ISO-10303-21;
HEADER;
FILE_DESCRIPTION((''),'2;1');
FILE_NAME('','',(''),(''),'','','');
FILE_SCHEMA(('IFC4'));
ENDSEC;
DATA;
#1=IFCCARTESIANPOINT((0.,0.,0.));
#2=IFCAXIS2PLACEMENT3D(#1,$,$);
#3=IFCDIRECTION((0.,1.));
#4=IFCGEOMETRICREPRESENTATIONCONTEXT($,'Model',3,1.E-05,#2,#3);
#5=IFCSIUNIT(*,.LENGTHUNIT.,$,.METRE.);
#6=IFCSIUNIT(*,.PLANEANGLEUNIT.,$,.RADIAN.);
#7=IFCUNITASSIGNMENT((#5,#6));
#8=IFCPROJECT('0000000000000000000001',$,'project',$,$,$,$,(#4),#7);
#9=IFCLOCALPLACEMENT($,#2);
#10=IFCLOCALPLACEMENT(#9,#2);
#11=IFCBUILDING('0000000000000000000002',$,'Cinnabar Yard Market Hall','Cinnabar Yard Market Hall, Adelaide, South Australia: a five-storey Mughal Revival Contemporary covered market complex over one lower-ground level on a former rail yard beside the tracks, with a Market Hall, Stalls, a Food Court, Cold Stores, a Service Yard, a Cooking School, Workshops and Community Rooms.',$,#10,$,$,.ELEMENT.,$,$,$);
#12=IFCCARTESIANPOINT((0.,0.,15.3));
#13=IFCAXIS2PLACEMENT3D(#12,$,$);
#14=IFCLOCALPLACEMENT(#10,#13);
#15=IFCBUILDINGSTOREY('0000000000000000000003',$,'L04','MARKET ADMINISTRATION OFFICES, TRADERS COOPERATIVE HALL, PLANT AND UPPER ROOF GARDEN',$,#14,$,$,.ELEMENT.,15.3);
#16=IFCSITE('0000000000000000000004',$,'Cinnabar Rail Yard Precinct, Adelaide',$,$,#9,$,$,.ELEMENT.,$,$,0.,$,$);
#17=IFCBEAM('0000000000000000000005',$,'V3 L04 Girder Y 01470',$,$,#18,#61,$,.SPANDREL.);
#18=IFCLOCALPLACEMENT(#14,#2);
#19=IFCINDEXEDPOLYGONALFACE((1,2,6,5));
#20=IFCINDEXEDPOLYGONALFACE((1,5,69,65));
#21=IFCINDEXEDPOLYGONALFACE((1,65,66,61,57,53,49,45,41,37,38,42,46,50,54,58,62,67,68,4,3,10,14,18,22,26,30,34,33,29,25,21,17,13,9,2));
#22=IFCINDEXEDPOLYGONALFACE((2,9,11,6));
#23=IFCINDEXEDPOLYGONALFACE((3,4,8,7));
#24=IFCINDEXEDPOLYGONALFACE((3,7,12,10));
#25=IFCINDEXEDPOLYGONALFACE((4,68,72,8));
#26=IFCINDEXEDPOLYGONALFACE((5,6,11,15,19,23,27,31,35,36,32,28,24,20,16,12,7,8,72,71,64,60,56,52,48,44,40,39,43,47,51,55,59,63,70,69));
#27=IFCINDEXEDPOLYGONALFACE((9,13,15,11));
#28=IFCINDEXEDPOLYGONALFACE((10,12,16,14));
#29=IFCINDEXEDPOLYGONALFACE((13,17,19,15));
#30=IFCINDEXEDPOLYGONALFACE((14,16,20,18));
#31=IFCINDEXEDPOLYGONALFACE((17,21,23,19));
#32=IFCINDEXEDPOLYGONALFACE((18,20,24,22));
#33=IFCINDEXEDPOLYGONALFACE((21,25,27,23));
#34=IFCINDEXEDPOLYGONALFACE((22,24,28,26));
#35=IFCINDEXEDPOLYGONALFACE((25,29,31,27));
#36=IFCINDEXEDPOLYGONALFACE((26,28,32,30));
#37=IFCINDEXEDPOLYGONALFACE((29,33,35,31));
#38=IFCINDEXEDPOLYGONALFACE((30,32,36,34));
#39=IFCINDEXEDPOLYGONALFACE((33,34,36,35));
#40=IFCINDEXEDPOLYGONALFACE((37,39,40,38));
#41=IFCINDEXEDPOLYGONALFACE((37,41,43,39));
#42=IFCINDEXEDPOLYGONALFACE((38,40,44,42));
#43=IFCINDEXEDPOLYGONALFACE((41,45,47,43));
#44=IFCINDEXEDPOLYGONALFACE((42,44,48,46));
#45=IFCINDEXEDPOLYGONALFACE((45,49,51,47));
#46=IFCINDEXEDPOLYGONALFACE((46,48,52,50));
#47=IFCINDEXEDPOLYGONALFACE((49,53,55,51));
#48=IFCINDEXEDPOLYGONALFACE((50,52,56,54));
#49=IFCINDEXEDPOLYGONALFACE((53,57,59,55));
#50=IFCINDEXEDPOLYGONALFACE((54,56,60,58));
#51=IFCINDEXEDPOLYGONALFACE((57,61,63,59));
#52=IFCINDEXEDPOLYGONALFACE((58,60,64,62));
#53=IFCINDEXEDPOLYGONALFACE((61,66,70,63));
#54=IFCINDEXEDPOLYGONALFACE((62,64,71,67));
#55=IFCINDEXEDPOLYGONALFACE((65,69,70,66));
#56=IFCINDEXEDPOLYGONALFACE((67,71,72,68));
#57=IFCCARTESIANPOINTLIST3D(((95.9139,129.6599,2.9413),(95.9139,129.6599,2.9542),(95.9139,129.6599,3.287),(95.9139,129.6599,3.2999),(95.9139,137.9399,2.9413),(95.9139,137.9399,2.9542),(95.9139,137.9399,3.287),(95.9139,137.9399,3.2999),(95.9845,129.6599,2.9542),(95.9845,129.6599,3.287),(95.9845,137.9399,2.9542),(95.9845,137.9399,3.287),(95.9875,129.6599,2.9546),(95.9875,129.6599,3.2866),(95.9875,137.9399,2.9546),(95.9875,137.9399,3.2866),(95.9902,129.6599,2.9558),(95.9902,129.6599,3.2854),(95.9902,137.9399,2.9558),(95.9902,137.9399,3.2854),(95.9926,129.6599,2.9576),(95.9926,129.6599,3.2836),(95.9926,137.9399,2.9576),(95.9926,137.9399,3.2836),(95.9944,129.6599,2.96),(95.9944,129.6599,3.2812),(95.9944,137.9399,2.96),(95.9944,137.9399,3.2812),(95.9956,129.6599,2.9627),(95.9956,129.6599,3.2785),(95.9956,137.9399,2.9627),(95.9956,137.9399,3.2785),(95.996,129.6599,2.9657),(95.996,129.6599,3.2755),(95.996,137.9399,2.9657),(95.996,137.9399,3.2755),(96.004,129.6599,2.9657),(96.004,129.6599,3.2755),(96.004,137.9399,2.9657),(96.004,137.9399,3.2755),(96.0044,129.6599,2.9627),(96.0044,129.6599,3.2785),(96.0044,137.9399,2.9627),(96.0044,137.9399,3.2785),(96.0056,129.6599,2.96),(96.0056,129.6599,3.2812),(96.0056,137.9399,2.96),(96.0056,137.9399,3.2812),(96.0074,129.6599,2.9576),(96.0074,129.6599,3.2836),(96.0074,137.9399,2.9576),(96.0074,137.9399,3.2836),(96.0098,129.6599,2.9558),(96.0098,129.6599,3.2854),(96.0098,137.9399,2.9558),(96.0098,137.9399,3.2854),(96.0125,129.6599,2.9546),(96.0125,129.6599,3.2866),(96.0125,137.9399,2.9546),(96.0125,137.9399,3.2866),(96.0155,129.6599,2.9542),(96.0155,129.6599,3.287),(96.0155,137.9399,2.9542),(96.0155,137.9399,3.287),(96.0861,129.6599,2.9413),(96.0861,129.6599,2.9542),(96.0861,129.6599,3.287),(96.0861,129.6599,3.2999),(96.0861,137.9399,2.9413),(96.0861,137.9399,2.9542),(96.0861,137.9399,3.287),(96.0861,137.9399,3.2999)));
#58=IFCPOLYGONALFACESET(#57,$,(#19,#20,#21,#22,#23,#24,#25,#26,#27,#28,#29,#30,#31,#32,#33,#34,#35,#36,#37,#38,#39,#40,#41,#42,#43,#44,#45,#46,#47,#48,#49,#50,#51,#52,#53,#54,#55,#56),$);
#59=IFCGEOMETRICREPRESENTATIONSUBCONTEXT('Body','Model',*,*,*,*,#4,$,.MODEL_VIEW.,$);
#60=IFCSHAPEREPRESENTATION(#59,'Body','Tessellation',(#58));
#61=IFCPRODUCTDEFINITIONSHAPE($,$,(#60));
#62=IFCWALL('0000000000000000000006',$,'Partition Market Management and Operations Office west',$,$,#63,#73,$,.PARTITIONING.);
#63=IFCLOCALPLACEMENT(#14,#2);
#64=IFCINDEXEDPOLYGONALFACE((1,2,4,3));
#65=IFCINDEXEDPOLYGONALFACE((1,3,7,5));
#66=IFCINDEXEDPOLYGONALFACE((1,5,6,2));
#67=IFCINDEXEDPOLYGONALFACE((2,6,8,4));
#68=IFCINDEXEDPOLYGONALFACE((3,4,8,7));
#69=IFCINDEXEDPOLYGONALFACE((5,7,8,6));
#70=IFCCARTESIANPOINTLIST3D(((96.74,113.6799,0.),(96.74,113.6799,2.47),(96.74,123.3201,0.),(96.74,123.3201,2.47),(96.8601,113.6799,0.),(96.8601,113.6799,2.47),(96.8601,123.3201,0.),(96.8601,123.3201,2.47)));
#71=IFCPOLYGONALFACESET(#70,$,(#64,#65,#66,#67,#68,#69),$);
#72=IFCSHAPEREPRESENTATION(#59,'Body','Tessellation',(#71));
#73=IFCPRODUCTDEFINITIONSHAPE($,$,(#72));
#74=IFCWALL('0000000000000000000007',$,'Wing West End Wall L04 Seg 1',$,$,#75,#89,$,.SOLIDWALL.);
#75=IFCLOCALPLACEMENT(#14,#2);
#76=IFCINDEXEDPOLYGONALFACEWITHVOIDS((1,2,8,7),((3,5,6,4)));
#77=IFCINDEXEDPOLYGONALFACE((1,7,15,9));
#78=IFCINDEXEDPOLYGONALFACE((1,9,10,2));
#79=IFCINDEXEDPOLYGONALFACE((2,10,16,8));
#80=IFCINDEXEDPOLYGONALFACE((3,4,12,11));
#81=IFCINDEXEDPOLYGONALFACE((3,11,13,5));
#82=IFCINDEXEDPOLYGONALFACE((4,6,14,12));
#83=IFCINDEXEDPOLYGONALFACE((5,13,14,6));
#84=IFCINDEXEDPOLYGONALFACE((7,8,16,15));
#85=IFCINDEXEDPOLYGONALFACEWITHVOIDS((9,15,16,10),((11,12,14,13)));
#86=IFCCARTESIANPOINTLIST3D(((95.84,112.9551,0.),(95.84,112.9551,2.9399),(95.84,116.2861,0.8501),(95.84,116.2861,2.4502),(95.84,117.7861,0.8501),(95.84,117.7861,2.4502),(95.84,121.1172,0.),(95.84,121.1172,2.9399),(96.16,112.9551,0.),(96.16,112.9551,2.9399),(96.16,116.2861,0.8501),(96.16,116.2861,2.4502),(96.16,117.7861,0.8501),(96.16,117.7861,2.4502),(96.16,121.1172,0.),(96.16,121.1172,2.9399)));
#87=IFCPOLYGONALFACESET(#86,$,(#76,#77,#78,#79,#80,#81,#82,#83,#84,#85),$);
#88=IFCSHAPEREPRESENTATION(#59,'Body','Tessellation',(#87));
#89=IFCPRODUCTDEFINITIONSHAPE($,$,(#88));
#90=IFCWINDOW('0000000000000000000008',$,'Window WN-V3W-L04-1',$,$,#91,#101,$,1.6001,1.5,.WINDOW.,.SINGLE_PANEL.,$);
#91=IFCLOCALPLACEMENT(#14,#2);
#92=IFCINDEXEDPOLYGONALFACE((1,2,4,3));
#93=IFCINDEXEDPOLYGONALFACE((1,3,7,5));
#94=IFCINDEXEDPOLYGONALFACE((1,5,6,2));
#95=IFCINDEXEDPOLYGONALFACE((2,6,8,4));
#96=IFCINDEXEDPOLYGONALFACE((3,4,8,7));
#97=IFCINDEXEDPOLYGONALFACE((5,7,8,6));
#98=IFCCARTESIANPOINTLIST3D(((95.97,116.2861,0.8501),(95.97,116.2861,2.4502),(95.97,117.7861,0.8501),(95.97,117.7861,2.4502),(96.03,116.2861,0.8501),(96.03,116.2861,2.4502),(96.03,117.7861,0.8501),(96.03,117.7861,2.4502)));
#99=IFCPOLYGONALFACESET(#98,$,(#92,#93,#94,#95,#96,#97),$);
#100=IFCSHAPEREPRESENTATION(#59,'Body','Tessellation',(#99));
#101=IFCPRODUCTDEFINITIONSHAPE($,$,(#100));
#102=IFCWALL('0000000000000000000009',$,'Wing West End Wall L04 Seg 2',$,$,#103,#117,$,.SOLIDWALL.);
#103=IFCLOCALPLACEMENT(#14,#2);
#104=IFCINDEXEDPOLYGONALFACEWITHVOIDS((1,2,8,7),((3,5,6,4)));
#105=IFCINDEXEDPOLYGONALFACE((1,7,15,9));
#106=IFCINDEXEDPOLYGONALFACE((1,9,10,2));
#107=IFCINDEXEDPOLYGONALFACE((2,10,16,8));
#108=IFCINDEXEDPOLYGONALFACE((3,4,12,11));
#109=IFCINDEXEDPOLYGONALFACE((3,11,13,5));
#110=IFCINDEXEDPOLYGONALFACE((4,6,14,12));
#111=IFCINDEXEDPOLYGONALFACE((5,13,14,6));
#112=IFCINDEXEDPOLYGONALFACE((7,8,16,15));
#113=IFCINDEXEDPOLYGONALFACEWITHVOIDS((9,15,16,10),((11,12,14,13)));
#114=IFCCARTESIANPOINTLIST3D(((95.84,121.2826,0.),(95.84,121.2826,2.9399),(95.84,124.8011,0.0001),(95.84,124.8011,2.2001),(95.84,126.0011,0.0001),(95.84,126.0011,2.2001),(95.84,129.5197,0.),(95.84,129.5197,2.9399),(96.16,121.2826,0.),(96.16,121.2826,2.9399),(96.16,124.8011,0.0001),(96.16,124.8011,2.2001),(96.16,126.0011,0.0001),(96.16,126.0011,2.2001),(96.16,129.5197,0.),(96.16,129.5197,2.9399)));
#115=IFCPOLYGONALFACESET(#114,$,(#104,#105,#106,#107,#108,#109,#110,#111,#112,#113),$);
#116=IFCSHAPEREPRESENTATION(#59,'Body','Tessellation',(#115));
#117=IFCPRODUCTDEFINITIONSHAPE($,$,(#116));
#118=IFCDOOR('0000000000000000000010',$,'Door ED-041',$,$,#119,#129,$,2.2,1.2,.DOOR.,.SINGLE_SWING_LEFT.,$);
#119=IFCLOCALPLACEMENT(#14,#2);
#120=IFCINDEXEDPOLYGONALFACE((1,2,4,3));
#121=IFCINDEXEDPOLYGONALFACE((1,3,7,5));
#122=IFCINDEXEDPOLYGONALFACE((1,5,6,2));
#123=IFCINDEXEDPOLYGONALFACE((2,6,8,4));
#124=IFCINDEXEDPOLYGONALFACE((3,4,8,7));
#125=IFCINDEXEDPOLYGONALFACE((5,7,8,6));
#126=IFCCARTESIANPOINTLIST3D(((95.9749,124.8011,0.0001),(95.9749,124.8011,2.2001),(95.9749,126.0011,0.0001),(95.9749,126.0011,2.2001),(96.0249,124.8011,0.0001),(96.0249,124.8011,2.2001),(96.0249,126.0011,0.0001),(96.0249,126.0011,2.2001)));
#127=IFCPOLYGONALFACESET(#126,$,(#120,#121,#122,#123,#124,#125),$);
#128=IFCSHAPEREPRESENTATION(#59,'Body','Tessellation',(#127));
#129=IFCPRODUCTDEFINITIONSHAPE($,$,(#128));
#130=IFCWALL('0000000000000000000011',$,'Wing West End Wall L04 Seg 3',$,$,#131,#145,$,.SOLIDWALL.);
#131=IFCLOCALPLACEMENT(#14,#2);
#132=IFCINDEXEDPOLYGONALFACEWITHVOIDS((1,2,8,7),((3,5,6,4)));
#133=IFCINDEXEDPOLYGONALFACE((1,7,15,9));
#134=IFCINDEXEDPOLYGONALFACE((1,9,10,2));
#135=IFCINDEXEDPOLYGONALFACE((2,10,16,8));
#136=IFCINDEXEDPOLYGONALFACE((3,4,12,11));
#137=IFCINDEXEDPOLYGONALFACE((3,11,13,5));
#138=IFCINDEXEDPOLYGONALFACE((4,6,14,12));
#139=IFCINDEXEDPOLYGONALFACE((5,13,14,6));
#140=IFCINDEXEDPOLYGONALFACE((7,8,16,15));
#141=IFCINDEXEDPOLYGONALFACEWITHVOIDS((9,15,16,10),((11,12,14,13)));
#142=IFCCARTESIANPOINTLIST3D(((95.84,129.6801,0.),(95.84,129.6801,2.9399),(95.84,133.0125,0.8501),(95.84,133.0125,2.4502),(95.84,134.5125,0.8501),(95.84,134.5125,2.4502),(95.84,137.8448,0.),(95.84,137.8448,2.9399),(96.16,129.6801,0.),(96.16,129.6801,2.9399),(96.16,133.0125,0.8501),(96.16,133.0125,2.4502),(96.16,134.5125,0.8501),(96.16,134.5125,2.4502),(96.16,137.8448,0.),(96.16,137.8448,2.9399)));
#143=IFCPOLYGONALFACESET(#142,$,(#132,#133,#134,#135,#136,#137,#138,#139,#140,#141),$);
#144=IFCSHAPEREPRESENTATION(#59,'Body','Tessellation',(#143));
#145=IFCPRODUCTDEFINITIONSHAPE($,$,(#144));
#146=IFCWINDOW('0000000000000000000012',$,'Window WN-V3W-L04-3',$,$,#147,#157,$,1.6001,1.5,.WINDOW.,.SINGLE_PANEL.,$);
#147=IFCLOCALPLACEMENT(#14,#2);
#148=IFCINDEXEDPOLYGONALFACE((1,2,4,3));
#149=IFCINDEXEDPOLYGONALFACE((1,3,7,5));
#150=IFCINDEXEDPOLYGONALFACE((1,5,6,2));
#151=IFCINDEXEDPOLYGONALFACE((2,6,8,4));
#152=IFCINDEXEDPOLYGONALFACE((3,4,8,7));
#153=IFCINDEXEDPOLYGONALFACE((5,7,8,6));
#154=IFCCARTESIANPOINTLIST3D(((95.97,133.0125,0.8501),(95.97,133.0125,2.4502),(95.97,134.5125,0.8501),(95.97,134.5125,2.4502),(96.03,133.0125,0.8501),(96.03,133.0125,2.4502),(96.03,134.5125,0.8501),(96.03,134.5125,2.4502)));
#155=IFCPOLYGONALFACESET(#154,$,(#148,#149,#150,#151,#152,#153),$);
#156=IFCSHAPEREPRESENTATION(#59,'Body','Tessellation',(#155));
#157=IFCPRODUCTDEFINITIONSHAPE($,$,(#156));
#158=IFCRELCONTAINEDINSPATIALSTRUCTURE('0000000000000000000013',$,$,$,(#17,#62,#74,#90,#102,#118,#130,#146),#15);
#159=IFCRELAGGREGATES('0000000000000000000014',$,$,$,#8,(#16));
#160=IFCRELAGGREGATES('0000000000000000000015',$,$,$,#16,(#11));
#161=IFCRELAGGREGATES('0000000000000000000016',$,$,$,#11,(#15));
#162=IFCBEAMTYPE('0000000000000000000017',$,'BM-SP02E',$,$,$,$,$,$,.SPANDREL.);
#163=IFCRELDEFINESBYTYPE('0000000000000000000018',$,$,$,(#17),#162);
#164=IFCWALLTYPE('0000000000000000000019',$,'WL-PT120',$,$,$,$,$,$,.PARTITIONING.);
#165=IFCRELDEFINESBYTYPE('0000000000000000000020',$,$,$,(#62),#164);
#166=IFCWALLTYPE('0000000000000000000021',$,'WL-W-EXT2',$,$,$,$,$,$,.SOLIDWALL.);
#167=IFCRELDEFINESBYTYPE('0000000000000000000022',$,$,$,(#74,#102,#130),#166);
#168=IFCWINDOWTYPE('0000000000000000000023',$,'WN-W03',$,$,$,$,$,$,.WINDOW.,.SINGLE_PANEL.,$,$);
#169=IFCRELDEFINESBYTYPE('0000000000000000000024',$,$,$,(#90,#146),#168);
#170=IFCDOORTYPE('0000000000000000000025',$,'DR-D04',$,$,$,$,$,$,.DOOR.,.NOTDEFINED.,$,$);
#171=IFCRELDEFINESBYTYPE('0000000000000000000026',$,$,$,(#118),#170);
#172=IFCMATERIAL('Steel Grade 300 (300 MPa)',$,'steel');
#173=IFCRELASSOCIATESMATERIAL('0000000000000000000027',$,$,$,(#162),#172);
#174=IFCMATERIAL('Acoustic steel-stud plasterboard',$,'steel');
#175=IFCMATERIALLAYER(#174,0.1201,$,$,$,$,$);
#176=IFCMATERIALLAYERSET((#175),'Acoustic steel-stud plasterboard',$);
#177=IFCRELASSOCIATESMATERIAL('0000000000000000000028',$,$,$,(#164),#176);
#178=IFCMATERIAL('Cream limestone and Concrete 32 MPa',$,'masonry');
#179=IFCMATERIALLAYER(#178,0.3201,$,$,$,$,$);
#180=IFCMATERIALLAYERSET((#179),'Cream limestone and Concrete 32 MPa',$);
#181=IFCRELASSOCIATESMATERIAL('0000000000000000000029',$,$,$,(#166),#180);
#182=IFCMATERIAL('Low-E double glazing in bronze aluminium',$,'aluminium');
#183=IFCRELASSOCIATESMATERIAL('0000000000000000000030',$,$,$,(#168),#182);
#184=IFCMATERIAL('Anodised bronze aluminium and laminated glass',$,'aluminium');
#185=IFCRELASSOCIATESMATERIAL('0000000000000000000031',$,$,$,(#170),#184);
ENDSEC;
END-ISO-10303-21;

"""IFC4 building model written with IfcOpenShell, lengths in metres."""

from ifc_helpers import new_model, si_unit, direction, frame, frame_2d, origin, origin_2d_with_axis, place, context, subcontext, project, spatial, rectangle, i_section, extrude, material, layer, layer_set, material_profile, profile_set, type_object, element, fill, save


model = new_model("IFC4")

# Units and contexts
model_context = context("Model", 3, precision=1e-05, world=origin(), true_north=direction((0.0, 1.0)))
body_context = subcontext(model_context, "Body", "Model", "MODEL_VIEW")
ifc_project = project(units=[si_unit("LENGTHUNIT", "METRE"), si_unit("PLANEANGLEUNIT", "RADIAN")], contexts=[model_context])

# Site, building, storey
site_placement = place(None, origin())
site = spatial("IfcSite", under=ifc_project, at=site_placement, Name="Cinnabar Rail Yard Precinct, Adelaide", CompositionType="ELEMENT", RefElevation=0.0)
building_placement = place(site_placement, origin())
building = spatial("IfcBuilding", under=site, at=building_placement, Name="Cinnabar Yard Market Hall", Description="Cinnabar Yard Market Hall, Adelaide, South Australia: a five-storey Mughal Revival Contemporary covered market complex over one lower-ground level on a former rail yard beside the tracks, with a Market Hall, Stalls, a Food Court, Cold Stores, a Service Yard, a Cooking School, Workshops and Community Rooms.", CompositionType="ELEMENT")
storey_placement = place(building_placement, frame((0.0, 0.0, 15.3)))
storey = spatial("IfcBuildingStorey", under=building, at=storey_placement, Name="L04", Description="MARKET ADMINISTRATION OFFICES, TRADERS COOPERATIVE HALL, PLANT AND UPPER ROOF GARDEN", CompositionType="ELEMENT", Elevation=15.3)

# Shared definitions
ifc_material_1 = material(Name="Steel Grade 300 (300 MPa)", Category="steel")

# Beam
ifc_material_profile_1 = material_profile(ifc_material_1, i_section(OverallWidth=0.1721, OverallDepth=0.3586, WebThickness=0.0081, FlangeThickness=0.0129, FilletRadius=0.0115, at=origin_2d_with_axis()), Name="360UB56.7")
ifc_profile_set_1 = profile_set([ifc_material_profile_1], Name="Steel Grade 300 (300 MPa)")
beam_type_1 = type_object("IfcBeamType", Name="BM-SP02E", PredefinedType="SPANDREL", material=ifc_profile_set_1)
for number, where, z_axis, x_axis, name in (
    (1, (96.0, 129.6599, 3.1206), (0.0, 1.0, 0.0), (-1.0, 0.0, 0.0), "V3 L04 Girder Y 01470"),
):
    element("IfcBeam", number, at=place(storey_placement, frame(where, z_axis=z_axis, x_axis=x_axis)), inside=storey, type_object=beam_type_1, Name=name, PredefinedType="SPANDREL", context=body_context, shape_type="SweptSolid", body=[
        extrude(i_section(OverallWidth=0.1721, OverallDepth=0.3586, WebThickness=0.0081, FlangeThickness=0.0129, FilletRadius=0.0115, at=origin_2d_with_axis()), origin(), (0.0, 0.0, 1.0), 8.28),
    ])

# Wall
ifc_material_2 = material(Name="Acoustic steel-stud plasterboard", Category="steel")
ifc_layer_1 = layer(ifc_material_2, 0.1201)
ifc_layer_set_1 = layer_set([ifc_layer_1], Name="Acoustic steel-stud plasterboard")
wall_type_1 = type_object("IfcWallType", Name="WL-PT120", PredefinedType="PARTITIONING", material=ifc_layer_set_1)
wall_1_placement = place(storey_placement, frame((96.8, 123.3201, 0.0), z_axis=(0.0, 0.0, 1.0), x_axis=(0.0, -1.0, 0.0)))
element("IfcWall", 2, at=wall_1_placement, inside=storey, type_object=wall_type_1, Name="Partition Market Management and Operations Office west", PredefinedType="PARTITIONING", context=body_context, shape_type="SweptSolid", body=[
    extrude(rectangle(XDim=9.6401, YDim=0.1201, at=frame_2d((4.8201, 0.0), x_axis=(1.0, 0.0))), origin(), (0.0, 0.0, 1.0), 2.47),
])

# Wall, opening, window
ifc_material_3 = material(Name="Cream limestone and Concrete 32 MPa", Category="masonry")
ifc_layer_2 = layer(ifc_material_3, 0.3201)
ifc_layer_set_2 = layer_set([ifc_layer_2], Name="Cream limestone and Concrete 32 MPa")
wall_type_2 = type_object("IfcWallType", Name="WL-W-EXT2", PredefinedType="SOLIDWALL", material=ifc_layer_set_2)
wall_2_placement = place(storey_placement, frame((96.0, 121.1172, 0.0), z_axis=(0.0, 0.0, 1.0), x_axis=(0.0, -1.0, 0.0)))
wall_2 = element("IfcWall", 3, at=wall_2_placement, inside=storey, type_object=wall_type_2, Name="Wing West End Wall L04 Seg 1", PredefinedType="SOLIDWALL", context=body_context, shape_type="SweptSolid", body=[
    extrude(rectangle(XDim=8.1621, YDim=0.3201, at=frame_2d((4.0811, 0.0), x_axis=(1.0, 0.0))), origin(), (0.0, 0.0, 1.0), 2.9399),
])
opening_1_placement = place(wall_2_placement, frame((3.3311, 0.0, 0.8501)))
opening_1 = element("IfcOpeningElement", 4, at=opening_1_placement, cuts=wall_2, PredefinedType="OPENING", context=body_context, shape_type="SweptSolid", body=[
    extrude(rectangle(XDim=1.5, YDim=1.6001, at=frame_2d((0.75, 0.8), x_axis=(1.0, 0.0))), frame((0.0, 0.1699, 0.0), z_axis=(0.0, -1.0, 0.0), x_axis=(1.0, 0.0, 0.0)), (0.0, 0.0, 1.0), 0.3401),
])
ifc_material_4 = material(Name="Low-E double glazing in bronze aluminium", Category="aluminium")
window_type = type_object("IfcWindowType", Name="WN-W03", PartitioningType="SINGLE_PANEL", PredefinedType="WINDOW", material=ifc_material_4)
window_1_placement = place(opening_1_placement, origin())
window_1 = element("IfcWindow", 5, at=window_1_placement, inside=storey, type_object=window_type, Name="Window WN-V3W-L04-1", OverallHeight=1.6001, OverallWidth=1.5, PartitioningType="SINGLE_PANEL", PredefinedType="WINDOW", context=body_context, shape_type="SweptSolid", body=[
    extrude(rectangle(XDim=1.5, YDim=1.6001, at=frame_2d((0.75, 0.8), x_axis=(1.0, 0.0))), frame((0.0, 0.03, 0.0), z_axis=(0.0, -1.0, 0.0), x_axis=(1.0, 0.0, 0.0)), (0.0, 0.0, 1.0), 0.0601),
])
fill(opening_1, window_1)

# Wall, opening, door
wall_3_placement = place(storey_placement, frame((96.0, 129.5198, 0.0), z_axis=(0.0, 0.0, 1.0), x_axis=(0.0, -1.0, 0.0)))
wall_3 = element("IfcWall", 6, at=wall_3_placement, inside=storey, type_object=wall_type_2, Name="Wing West End Wall L04 Seg 2", PredefinedType="SOLIDWALL", context=body_context, shape_type="SweptSolid", body=[
    extrude(rectangle(XDim=8.2371, YDim=0.3201, at=frame_2d((4.1187, 0.0), x_axis=(1.0, 0.0))), origin(), (0.0, 0.0, 1.0), 2.9399),
])
opening_2_placement = place(wall_3_placement, frame((3.5186, 0.0, 0.0)))
opening_2 = element("IfcOpeningElement", 7, at=opening_2_placement, cuts=wall_3, PredefinedType="OPENING", context=body_context, shape_type="SweptSolid", body=[
    extrude(rectangle(XDim=1.2, YDim=2.2, at=frame_2d((0.6001, 1.1001), x_axis=(1.0, 0.0))), frame((0.0, 0.1699, 0.0), z_axis=(0.0, -1.0, 0.0), x_axis=(1.0, 0.0, 0.0)), (0.0, 0.0, 1.0), 0.3401),
])
ifc_material_5 = material(Name="Anodised bronze aluminium and laminated glass", Category="aluminium")
door_type = type_object("IfcDoorType", Name="DR-D04", OperationType="NOTDEFINED", PredefinedType="DOOR", material=ifc_material_5)
door_placement = place(opening_2_placement, origin())
door = element("IfcDoor", 8, at=door_placement, inside=storey, type_object=door_type, Name="Door ED-041", OperationType="SINGLE_SWING_LEFT", OverallHeight=2.2, OverallWidth=1.2, PredefinedType="DOOR", context=body_context, shape_type="SweptSolid", body=[
    extrude(rectangle(XDim=1.2, YDim=2.2, at=frame_2d((0.6001, 1.1001), x_axis=(1.0, 0.0))), frame((0.0, 0.0249, 0.0), z_axis=(0.0, -1.0, 0.0), x_axis=(1.0, 0.0, 0.0)), (0.0, 0.0, 1.0), 0.05),
])
fill(opening_2, door)

# Wall, opening, window
wall_4_placement = place(storey_placement, frame((96.0, 137.845, 0.0), z_axis=(0.0, 0.0, 1.0), x_axis=(0.0, -1.0, 0.0)))
wall_4 = element("IfcWall", 9, at=wall_4_placement, inside=storey, type_object=wall_type_2, Name="Wing West End Wall L04 Seg 3", PredefinedType="SOLIDWALL", context=body_context, shape_type="SweptSolid", body=[
    extrude(rectangle(XDim=8.1648, YDim=0.3201, at=frame_2d((4.0825, 0.0), x_axis=(1.0, 0.0))), origin(), (0.0, 0.0, 1.0), 2.9399),
])
opening_3_placement = place(wall_4_placement, frame((3.3325, 0.0, 0.8501)))
opening_3 = element("IfcOpeningElement", 10, at=opening_3_placement, cuts=wall_4, PredefinedType="OPENING", context=body_context, shape_type="SweptSolid", body=[
    extrude(rectangle(XDim=1.5, YDim=1.6001, at=frame_2d((0.75, 0.8), x_axis=(1.0, 0.0))), frame((0.0, 0.1699, 0.0), z_axis=(0.0, -1.0, 0.0), x_axis=(1.0, 0.0, 0.0)), (0.0, 0.0, 1.0), 0.3401),
])
window_2_placement = place(opening_3_placement, origin())
window_2 = element("IfcWindow", 11, at=window_2_placement, inside=storey, type_object=window_type, Name="Window WN-V3W-L04-3", OverallHeight=1.6001, OverallWidth=1.5, PartitioningType="SINGLE_PANEL", PredefinedType="WINDOW", context=body_context, shape_type="SweptSolid", body=[
    extrude(rectangle(XDim=1.5, YDim=1.6001, at=frame_2d((0.75, 0.8), x_axis=(1.0, 0.0))), frame((0.0, 0.03, 0.0), z_axis=(0.0, -1.0, 0.0), x_axis=(1.0, 0.0, 0.0)), (0.0, 0.0, 1.0), 0.0601),
])
fill(opening_3, window_2)

save(model, "model.ifc")
